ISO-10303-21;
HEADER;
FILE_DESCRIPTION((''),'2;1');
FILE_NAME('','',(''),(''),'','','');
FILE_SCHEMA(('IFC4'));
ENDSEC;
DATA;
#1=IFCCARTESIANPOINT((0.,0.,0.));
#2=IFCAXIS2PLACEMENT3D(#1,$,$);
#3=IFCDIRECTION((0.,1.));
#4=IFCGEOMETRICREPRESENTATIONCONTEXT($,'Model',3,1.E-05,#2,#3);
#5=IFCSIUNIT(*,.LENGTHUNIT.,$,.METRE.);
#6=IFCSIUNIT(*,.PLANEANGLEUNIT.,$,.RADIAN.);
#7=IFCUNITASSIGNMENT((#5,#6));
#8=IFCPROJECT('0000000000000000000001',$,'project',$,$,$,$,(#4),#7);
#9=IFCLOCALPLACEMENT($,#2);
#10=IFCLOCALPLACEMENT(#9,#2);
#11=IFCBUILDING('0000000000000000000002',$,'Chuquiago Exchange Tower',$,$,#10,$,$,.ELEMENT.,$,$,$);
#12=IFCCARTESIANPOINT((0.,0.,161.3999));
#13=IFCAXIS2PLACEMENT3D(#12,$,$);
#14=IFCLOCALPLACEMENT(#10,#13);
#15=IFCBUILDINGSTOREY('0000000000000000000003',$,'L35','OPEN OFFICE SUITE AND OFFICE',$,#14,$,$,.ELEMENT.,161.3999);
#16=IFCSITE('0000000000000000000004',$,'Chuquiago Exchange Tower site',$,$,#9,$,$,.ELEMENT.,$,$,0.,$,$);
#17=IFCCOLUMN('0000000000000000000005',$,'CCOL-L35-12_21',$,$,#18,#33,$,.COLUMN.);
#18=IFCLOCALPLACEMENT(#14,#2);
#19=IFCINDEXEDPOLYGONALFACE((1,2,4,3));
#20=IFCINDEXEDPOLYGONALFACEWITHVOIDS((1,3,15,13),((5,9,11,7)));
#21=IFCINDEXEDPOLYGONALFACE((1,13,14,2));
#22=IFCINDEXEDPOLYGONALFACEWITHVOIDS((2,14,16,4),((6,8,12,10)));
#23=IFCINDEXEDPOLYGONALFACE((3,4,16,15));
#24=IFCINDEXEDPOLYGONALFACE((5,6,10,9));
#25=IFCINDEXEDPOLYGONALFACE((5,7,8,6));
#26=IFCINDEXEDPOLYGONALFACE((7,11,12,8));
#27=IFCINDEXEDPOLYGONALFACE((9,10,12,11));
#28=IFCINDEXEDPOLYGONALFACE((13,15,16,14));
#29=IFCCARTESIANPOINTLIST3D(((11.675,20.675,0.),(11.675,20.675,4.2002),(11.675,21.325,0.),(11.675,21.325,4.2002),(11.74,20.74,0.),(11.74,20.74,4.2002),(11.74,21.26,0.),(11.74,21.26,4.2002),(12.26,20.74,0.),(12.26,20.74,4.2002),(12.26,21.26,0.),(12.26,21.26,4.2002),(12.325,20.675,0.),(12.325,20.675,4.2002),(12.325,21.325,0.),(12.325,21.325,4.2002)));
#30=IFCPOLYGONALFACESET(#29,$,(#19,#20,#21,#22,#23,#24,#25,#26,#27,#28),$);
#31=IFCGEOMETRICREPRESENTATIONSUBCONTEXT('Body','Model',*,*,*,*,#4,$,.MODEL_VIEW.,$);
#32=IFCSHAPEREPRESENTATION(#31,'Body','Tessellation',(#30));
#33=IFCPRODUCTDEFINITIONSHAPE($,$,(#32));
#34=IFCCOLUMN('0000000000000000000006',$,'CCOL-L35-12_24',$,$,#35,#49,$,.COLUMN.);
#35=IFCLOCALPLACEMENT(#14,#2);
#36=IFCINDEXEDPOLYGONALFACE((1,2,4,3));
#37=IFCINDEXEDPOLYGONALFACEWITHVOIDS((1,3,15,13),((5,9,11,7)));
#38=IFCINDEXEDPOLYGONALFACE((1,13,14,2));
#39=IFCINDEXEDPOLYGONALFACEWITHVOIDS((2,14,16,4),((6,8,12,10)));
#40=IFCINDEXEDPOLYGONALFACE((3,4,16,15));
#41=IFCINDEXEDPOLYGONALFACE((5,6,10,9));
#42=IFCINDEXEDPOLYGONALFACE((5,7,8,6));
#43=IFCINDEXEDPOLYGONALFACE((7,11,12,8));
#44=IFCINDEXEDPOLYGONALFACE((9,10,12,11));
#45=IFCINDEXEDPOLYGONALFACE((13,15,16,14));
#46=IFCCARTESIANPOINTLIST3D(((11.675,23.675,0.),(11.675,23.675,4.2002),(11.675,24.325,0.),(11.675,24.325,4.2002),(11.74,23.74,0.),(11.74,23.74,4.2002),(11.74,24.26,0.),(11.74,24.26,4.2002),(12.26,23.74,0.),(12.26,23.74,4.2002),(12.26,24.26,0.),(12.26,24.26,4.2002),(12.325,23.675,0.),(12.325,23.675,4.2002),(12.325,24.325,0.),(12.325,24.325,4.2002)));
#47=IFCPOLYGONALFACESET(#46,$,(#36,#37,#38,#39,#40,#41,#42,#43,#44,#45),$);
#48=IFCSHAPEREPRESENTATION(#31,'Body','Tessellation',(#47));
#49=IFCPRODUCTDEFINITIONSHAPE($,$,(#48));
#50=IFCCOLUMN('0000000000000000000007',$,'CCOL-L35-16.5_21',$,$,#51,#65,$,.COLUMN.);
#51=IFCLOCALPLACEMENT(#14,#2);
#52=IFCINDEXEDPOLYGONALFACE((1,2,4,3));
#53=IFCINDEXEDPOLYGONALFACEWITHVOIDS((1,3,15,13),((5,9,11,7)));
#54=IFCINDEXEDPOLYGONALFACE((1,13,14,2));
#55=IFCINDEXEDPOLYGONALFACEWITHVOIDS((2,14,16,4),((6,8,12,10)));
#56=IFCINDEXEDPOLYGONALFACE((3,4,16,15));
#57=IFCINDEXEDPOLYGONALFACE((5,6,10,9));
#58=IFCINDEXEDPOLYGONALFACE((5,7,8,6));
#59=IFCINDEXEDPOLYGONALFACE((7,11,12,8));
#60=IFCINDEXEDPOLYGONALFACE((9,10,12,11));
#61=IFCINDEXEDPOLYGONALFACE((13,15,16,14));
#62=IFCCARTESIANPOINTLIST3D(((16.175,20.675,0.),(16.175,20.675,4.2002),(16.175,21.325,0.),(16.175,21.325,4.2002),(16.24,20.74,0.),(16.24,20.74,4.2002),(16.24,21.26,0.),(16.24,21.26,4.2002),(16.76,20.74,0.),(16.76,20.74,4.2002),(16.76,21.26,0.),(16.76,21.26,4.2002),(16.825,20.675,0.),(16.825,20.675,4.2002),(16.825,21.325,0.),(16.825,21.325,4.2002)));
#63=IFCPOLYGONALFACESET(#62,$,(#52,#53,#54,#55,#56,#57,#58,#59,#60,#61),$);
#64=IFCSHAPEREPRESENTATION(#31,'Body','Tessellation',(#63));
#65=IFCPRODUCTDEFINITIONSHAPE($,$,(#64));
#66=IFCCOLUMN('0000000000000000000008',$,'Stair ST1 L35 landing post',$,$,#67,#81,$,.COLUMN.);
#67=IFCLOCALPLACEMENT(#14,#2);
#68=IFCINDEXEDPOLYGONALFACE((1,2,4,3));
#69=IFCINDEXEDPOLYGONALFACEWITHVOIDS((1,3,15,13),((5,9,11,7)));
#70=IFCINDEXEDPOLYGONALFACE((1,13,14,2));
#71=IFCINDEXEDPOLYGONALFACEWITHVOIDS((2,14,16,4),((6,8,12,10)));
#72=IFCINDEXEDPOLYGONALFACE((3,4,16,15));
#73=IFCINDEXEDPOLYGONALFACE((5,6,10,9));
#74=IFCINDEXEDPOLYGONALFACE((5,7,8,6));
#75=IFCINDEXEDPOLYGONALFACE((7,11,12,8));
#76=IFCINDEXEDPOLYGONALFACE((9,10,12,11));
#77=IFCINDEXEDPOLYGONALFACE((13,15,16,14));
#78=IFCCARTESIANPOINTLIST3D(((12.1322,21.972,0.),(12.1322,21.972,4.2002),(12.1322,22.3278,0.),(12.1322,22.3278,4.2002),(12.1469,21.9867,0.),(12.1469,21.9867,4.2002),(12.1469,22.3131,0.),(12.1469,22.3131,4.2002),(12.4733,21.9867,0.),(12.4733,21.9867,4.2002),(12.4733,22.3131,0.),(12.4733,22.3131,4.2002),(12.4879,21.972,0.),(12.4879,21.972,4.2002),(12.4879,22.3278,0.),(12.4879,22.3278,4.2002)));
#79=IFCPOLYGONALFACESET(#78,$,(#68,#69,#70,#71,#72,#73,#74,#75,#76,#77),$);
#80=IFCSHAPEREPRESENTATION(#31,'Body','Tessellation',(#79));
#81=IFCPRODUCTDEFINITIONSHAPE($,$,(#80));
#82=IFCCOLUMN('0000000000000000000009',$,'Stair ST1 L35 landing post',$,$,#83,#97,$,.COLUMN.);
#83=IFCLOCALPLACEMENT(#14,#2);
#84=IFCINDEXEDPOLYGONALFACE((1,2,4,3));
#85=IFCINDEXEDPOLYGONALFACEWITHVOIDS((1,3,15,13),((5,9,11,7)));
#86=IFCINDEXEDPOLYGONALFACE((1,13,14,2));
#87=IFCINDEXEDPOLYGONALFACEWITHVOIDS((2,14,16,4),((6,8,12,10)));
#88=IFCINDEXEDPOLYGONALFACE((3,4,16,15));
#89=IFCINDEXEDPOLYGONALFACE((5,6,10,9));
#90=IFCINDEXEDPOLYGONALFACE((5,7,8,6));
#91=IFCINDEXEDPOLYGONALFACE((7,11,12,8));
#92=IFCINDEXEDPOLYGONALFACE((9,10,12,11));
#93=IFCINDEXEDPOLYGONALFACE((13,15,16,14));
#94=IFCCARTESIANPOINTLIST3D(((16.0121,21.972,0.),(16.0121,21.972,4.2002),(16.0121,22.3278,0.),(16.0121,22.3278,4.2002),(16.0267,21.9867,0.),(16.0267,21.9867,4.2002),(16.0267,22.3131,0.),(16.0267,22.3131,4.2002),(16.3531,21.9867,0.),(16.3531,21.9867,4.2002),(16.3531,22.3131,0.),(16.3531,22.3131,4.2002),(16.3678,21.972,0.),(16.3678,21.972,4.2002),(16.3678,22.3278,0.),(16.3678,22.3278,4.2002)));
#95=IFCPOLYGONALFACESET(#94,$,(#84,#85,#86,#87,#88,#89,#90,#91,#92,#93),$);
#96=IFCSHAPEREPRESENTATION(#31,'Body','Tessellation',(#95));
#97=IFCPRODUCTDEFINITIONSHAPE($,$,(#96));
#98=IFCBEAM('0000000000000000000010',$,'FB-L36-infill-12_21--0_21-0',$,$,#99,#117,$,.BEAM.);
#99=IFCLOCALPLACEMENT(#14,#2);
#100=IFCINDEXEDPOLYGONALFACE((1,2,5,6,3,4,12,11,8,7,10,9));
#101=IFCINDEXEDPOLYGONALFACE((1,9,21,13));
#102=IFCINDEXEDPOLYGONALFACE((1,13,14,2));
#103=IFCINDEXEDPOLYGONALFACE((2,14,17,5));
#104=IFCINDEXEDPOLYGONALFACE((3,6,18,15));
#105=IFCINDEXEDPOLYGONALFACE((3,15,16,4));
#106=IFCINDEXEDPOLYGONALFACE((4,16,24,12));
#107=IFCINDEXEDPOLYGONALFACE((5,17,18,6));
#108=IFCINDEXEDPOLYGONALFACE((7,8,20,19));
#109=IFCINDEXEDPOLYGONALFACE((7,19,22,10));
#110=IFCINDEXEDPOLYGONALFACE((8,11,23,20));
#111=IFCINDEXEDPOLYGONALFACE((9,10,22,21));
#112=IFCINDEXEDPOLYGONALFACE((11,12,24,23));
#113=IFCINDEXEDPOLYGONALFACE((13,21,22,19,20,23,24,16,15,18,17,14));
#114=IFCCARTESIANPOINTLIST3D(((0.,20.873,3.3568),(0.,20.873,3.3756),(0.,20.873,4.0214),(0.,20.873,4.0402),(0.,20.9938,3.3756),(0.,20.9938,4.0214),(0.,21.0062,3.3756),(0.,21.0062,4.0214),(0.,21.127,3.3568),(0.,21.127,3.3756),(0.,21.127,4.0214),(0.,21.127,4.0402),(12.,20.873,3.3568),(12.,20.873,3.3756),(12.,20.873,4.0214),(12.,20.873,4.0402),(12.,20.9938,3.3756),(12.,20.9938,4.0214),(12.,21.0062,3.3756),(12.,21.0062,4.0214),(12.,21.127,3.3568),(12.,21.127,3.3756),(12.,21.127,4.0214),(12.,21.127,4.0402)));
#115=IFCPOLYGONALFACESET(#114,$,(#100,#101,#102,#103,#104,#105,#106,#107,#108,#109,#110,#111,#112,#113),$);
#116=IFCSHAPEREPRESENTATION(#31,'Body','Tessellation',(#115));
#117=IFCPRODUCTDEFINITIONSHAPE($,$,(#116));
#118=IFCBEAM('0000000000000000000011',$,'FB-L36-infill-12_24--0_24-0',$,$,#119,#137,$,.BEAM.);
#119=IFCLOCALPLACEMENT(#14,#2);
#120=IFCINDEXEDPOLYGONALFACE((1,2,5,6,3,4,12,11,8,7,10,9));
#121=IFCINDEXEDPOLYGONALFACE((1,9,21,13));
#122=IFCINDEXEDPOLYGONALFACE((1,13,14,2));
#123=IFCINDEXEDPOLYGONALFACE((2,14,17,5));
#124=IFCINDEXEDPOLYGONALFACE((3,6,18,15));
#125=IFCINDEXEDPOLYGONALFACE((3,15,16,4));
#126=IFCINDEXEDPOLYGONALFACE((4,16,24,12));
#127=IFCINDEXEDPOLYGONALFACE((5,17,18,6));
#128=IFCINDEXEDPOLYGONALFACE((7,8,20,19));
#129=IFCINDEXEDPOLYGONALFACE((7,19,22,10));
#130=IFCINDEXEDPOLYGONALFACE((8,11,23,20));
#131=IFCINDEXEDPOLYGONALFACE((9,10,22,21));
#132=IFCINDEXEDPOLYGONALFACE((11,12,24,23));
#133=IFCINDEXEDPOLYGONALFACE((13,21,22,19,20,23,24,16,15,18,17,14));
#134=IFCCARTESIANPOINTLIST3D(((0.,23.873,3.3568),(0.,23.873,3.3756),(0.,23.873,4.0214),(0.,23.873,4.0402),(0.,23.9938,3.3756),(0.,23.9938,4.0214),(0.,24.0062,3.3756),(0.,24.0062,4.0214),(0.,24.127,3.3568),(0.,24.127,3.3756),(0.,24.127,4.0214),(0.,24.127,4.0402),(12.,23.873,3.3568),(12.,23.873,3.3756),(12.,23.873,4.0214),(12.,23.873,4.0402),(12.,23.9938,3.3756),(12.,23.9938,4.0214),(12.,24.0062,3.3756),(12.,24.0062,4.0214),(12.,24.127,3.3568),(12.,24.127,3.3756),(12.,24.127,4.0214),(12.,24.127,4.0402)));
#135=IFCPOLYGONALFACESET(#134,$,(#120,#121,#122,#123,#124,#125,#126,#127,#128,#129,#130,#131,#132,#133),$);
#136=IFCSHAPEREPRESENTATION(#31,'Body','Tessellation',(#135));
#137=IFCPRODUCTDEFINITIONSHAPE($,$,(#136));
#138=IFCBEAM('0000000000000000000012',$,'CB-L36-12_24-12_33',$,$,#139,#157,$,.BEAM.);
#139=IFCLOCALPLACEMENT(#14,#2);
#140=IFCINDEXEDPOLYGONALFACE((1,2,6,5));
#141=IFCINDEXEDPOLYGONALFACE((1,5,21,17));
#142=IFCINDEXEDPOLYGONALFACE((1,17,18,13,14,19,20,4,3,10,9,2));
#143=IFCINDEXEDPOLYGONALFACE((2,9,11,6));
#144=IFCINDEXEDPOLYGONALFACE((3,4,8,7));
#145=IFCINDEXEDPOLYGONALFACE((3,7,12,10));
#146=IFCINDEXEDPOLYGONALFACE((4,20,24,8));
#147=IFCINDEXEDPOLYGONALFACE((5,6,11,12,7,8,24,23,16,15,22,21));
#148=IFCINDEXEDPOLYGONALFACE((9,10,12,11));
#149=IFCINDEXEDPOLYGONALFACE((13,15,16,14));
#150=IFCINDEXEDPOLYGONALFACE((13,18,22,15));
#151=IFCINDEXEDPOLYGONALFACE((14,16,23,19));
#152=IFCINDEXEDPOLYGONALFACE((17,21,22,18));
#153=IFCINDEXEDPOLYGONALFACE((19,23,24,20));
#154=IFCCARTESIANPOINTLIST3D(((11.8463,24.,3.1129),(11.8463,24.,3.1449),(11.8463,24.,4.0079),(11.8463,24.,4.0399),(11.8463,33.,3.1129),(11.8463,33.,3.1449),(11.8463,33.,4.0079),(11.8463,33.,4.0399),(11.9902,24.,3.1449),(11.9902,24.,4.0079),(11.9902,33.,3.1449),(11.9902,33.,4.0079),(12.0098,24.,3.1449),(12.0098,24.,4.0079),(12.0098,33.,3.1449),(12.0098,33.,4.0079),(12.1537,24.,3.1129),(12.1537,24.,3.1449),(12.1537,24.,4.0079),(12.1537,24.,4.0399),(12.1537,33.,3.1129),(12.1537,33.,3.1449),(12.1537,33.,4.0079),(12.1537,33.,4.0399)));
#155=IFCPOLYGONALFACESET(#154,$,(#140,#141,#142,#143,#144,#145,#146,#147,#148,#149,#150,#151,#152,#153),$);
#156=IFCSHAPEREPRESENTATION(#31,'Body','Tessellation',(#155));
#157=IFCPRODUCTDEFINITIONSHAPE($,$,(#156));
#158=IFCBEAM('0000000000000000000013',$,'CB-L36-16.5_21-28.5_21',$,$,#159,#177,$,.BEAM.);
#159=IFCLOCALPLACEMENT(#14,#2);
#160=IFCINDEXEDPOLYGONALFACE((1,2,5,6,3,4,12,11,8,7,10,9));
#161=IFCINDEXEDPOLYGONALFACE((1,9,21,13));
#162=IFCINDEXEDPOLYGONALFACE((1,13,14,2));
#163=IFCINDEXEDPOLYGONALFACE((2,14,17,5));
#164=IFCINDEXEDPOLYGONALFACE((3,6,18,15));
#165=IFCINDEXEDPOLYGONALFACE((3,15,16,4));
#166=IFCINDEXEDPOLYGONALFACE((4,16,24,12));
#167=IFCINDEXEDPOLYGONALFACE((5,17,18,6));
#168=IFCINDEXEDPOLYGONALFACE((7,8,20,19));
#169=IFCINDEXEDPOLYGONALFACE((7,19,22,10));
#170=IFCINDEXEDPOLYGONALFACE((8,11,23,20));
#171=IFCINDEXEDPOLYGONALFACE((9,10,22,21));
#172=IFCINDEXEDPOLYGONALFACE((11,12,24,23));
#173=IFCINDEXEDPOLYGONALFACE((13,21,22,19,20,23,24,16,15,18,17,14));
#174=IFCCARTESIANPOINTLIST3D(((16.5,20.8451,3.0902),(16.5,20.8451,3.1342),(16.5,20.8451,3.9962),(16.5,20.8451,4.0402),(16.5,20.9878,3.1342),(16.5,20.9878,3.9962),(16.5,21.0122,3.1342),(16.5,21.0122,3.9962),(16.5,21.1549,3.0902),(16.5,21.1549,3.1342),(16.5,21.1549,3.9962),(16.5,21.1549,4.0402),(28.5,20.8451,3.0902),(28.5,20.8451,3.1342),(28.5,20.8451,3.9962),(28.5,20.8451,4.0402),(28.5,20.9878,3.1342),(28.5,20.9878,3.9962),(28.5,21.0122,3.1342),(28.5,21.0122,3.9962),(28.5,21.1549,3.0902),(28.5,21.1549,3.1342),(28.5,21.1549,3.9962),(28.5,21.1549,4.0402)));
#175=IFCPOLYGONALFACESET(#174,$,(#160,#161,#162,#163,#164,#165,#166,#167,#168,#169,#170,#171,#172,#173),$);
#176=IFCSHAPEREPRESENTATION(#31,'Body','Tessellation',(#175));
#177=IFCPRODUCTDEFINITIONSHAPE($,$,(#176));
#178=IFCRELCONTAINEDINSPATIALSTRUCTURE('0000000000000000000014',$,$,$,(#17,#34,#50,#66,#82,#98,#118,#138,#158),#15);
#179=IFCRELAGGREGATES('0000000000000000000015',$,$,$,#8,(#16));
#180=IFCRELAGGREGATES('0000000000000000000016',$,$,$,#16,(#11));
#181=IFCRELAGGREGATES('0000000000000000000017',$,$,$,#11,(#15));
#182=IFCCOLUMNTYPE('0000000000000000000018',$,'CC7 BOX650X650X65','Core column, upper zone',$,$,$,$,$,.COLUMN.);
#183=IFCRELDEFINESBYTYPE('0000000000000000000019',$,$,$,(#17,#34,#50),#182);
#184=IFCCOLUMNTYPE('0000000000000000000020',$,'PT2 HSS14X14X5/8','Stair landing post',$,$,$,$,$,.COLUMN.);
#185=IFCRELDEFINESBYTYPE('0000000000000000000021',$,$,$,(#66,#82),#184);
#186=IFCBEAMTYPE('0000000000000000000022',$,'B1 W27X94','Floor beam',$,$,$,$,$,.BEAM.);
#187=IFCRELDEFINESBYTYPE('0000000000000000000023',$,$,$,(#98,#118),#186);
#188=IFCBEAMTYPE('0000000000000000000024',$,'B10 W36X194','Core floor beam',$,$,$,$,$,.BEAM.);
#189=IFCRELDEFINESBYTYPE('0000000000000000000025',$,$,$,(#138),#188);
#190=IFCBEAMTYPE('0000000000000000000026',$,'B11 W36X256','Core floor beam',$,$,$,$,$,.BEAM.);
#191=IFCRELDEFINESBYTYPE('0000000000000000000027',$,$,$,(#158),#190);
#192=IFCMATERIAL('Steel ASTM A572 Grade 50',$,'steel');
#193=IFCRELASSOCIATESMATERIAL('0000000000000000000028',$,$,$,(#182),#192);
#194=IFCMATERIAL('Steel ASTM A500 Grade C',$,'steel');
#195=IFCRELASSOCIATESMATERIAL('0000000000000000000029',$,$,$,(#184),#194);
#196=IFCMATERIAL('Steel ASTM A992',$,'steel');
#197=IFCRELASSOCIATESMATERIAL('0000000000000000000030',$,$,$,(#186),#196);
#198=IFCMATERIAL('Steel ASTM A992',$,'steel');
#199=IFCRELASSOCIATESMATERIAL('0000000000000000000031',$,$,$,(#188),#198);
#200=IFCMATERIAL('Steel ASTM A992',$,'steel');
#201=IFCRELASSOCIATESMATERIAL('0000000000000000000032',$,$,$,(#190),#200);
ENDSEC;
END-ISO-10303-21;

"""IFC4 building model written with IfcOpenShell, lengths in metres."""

from ifc_helpers import new_model, si_unit, direction, frame, origin, origin_2d, place, context, subcontext, project, spatial, hollow_rectangle, i_section, extrude, material, material_profile, profile_set, type_object, element, save


model = new_model("IFC4")

# Units and contexts
model_context = context("Model", 3, precision=1e-05, world=origin(), true_north=direction((0.0, 1.0)))
body_context = subcontext(model_context, "Body", "Model", "MODEL_VIEW")
ifc_project = project(units=[si_unit("LENGTHUNIT", "METRE"), si_unit("PLANEANGLEUNIT", "RADIAN")], contexts=[model_context])

# Site, building, storey
site_placement = place(None, origin())
site = spatial("IfcSite", under=ifc_project, at=site_placement, Name="Chuquiago Exchange Tower site", CompositionType="ELEMENT", RefElevation=0.0)
building_placement = place(site_placement, origin())
building = spatial("IfcBuilding", under=site, at=building_placement, Name="Chuquiago Exchange Tower", CompositionType="ELEMENT")
storey_placement = place(building_placement, frame((0.0, 0.0, 161.3999)))
storey = spatial("IfcBuildingStorey", under=building, at=storey_placement, Name="L35", Description="OPEN OFFICE SUITE AND OFFICE", CompositionType="ELEMENT", Elevation=161.3999)

# Columns
ifc_material_1 = material(Name="Steel ASTM A572 Grade 50", Category="steel")
ifc_material_profile_1 = material_profile(ifc_material_1, hollow_rectangle(XDim=0.6499, YDim=0.6499, WallThickness=0.0649, at=origin_2d()), Name="BOX650X650X65")
ifc_profile_set_1 = profile_set([ifc_material_profile_1], Name="Steel ASTM A572 Grade 50")
column_type_1 = type_object("IfcColumnType", Name="CC7 BOX650X650X65", Description="Core column, upper zone", PredefinedType="COLUMN", material=ifc_profile_set_1)
for number, where, z_axis, x_axis, name in (
    (1, (12.0, 21.0, 0.0), (0.0, 0.0, 1.0), (1.0, 0.0, 0.0), "CCOL-L35-12_21"),
    (2, (12.0, 24.0, 0.0), (0.0, 0.0, 1.0), (1.0, 0.0, 0.0), "CCOL-L35-12_24"),
    (3, (16.5, 21.0, 0.0), (0.0, 0.0, 1.0), (1.0, 0.0, 0.0), "CCOL-L35-16.5_21"),
):
    element("IfcColumn", number, at=place(storey_placement, frame(where, z_axis=z_axis, x_axis=x_axis)), inside=storey, type_object=column_type_1, Name=name, PredefinedType="COLUMN", context=body_context, shape_type="SweptSolid", body=[
        extrude(hollow_rectangle(XDim=0.6499, YDim=0.6499, WallThickness=0.0649, at=origin_2d()), origin(), (0.0, 0.0, 1.0), 4.2002),
    ])
ifc_material_2 = material(Name="Steel ASTM A500 Grade C", Category="steel")
ifc_material_profile_2 = material_profile(ifc_material_2, hollow_rectangle(XDim=0.3557, YDim=0.3557, WallThickness=0.0146, at=origin_2d()), Name="HSS14X14X5/8")
ifc_profile_set_2 = profile_set([ifc_material_profile_2], Name="Steel ASTM A500 Grade C")
column_type_2 = type_object("IfcColumnType", Name="PT2 HSS14X14X5/8", Description="Stair landing post", PredefinedType="COLUMN", material=ifc_profile_set_2)
for number, where, z_axis, x_axis, name in (
    (4, (12.3101, 22.1499, 0.0), (0.0, 0.0, 1.0), (1.0, 0.0, 0.0), "Stair ST1 L35 landing post"),
    (5, (16.1899, 22.1499, 0.0), (0.0, 0.0, 1.0), (1.0, 0.0, 0.0), "Stair ST1 L35 landing post"),
):
    element("IfcColumn", number, at=place(storey_placement, frame(where, z_axis=z_axis, x_axis=x_axis)), inside=storey, type_object=column_type_2, Name=name, PredefinedType="COLUMN", context=body_context, shape_type="SweptSolid", body=[
        extrude(hollow_rectangle(XDim=0.3557, YDim=0.3557, WallThickness=0.0146, at=origin_2d()), origin(), (0.0, 0.0, 1.0), 4.2002),
    ])

# Beams
ifc_material_3 = material(Name="Steel ASTM A992", Category="steel")
ifc_material_profile_3 = material_profile(ifc_material_3, i_section(OverallWidth=0.2539, OverallDepth=0.6833, WebThickness=0.0125, FlangeThickness=0.0188, at=origin_2d()), Name="W27X94")
ifc_profile_set_3 = profile_set([ifc_material_profile_3], Name="Steel ASTM A992")
beam_type_1 = type_object("IfcBeamType", Name="B1 W27X94", Description="Floor beam", PredefinedType="BEAM", material=ifc_profile_set_3)
for number, where, z_axis, x_axis, name in (
    (6, (12.0, 21.0, 3.6985), (-1.0, 0.0, 0.0), (0.0, -1.0, 0.0), "FB-L36-infill-12_21--0_21-0"),
    (7, (12.0, 24.0, 3.6985), (-1.0, 0.0, 0.0), (0.0, -1.0, 0.0), "FB-L36-infill-12_24--0_24-0"),
):
    element("IfcBeam", number, at=place(storey_placement, frame(where, z_axis=z_axis, x_axis=x_axis)), inside=storey, type_object=beam_type_1, Name=name, PredefinedType="BEAM", context=body_context, shape_type="SweptSolid", body=[
        extrude(i_section(OverallWidth=0.2539, OverallDepth=0.6833, WebThickness=0.0125, FlangeThickness=0.0188, at=origin_2d()), origin(), (0.0, 0.0, 1.0), 12.0),
    ])
ifc_material_4 = material(Name="Steel ASTM A992", Category="steel")
ifc_material_profile_4 = material_profile(ifc_material_4, i_section(OverallWidth=0.3074, OverallDepth=0.927, WebThickness=0.0195, FlangeThickness=0.032, at=origin_2d()), Name="W36X194")
ifc_profile_set_4 = profile_set([ifc_material_profile_4], Name="Steel ASTM A992")
beam_type_2 = type_object("IfcBeamType", Name="B10 W36X194", Description="Core floor beam", PredefinedType="BEAM", material=ifc_profile_set_4)
beam_1_placement = place(storey_placement, frame((12.0, 24.0, 3.5764), z_axis=(0.0, 1.0, 0.0), x_axis=(-1.0, 0.0, 0.0)))
element("IfcBeam", 8, at=beam_1_placement, inside=storey, type_object=beam_type_2, Name="CB-L36-12_24-12_33", PredefinedType="BEAM", context=body_context, shape_type="SweptSolid", body=[
    extrude(i_section(OverallWidth=0.3074, OverallDepth=0.927, WebThickness=0.0195, FlangeThickness=0.032, at=origin_2d()), origin(), (0.0, 0.0, 1.0), 9.0),
])
ifc_material_5 = material(Name="Steel ASTM A992", Category="steel")
ifc_material_profile_5 = material_profile(ifc_material_5, i_section(OverallWidth=0.3098, OverallDepth=0.95, WebThickness=0.0244, FlangeThickness=0.0439, at=origin_2d()), Name="W36X256")
ifc_profile_set_5 = profile_set([ifc_material_profile_5], Name="Steel ASTM A992")
beam_type_3 = type_object("IfcBeamType", Name="B11 W36X256", Description="Core floor beam", PredefinedType="BEAM", material=ifc_profile_set_5)
beam_2_placement = place(storey_placement, frame((16.5, 21.0, 3.5652), z_axis=(1.0, 0.0, 0.0), x_axis=(0.0, 1.0, 0.0)))
element("IfcBeam", 9, at=beam_2_placement, inside=storey, type_object=beam_type_3, Name="CB-L36-16.5_21-28.5_21", PredefinedType="BEAM", context=body_context, shape_type="SweptSolid", body=[
    extrude(i_section(OverallWidth=0.3098, OverallDepth=0.95, WebThickness=0.0244, FlangeThickness=0.0439, at=origin_2d()), origin(), (0.0, 0.0, 1.0), 12.0),
])

save(model, "model.ifc")
